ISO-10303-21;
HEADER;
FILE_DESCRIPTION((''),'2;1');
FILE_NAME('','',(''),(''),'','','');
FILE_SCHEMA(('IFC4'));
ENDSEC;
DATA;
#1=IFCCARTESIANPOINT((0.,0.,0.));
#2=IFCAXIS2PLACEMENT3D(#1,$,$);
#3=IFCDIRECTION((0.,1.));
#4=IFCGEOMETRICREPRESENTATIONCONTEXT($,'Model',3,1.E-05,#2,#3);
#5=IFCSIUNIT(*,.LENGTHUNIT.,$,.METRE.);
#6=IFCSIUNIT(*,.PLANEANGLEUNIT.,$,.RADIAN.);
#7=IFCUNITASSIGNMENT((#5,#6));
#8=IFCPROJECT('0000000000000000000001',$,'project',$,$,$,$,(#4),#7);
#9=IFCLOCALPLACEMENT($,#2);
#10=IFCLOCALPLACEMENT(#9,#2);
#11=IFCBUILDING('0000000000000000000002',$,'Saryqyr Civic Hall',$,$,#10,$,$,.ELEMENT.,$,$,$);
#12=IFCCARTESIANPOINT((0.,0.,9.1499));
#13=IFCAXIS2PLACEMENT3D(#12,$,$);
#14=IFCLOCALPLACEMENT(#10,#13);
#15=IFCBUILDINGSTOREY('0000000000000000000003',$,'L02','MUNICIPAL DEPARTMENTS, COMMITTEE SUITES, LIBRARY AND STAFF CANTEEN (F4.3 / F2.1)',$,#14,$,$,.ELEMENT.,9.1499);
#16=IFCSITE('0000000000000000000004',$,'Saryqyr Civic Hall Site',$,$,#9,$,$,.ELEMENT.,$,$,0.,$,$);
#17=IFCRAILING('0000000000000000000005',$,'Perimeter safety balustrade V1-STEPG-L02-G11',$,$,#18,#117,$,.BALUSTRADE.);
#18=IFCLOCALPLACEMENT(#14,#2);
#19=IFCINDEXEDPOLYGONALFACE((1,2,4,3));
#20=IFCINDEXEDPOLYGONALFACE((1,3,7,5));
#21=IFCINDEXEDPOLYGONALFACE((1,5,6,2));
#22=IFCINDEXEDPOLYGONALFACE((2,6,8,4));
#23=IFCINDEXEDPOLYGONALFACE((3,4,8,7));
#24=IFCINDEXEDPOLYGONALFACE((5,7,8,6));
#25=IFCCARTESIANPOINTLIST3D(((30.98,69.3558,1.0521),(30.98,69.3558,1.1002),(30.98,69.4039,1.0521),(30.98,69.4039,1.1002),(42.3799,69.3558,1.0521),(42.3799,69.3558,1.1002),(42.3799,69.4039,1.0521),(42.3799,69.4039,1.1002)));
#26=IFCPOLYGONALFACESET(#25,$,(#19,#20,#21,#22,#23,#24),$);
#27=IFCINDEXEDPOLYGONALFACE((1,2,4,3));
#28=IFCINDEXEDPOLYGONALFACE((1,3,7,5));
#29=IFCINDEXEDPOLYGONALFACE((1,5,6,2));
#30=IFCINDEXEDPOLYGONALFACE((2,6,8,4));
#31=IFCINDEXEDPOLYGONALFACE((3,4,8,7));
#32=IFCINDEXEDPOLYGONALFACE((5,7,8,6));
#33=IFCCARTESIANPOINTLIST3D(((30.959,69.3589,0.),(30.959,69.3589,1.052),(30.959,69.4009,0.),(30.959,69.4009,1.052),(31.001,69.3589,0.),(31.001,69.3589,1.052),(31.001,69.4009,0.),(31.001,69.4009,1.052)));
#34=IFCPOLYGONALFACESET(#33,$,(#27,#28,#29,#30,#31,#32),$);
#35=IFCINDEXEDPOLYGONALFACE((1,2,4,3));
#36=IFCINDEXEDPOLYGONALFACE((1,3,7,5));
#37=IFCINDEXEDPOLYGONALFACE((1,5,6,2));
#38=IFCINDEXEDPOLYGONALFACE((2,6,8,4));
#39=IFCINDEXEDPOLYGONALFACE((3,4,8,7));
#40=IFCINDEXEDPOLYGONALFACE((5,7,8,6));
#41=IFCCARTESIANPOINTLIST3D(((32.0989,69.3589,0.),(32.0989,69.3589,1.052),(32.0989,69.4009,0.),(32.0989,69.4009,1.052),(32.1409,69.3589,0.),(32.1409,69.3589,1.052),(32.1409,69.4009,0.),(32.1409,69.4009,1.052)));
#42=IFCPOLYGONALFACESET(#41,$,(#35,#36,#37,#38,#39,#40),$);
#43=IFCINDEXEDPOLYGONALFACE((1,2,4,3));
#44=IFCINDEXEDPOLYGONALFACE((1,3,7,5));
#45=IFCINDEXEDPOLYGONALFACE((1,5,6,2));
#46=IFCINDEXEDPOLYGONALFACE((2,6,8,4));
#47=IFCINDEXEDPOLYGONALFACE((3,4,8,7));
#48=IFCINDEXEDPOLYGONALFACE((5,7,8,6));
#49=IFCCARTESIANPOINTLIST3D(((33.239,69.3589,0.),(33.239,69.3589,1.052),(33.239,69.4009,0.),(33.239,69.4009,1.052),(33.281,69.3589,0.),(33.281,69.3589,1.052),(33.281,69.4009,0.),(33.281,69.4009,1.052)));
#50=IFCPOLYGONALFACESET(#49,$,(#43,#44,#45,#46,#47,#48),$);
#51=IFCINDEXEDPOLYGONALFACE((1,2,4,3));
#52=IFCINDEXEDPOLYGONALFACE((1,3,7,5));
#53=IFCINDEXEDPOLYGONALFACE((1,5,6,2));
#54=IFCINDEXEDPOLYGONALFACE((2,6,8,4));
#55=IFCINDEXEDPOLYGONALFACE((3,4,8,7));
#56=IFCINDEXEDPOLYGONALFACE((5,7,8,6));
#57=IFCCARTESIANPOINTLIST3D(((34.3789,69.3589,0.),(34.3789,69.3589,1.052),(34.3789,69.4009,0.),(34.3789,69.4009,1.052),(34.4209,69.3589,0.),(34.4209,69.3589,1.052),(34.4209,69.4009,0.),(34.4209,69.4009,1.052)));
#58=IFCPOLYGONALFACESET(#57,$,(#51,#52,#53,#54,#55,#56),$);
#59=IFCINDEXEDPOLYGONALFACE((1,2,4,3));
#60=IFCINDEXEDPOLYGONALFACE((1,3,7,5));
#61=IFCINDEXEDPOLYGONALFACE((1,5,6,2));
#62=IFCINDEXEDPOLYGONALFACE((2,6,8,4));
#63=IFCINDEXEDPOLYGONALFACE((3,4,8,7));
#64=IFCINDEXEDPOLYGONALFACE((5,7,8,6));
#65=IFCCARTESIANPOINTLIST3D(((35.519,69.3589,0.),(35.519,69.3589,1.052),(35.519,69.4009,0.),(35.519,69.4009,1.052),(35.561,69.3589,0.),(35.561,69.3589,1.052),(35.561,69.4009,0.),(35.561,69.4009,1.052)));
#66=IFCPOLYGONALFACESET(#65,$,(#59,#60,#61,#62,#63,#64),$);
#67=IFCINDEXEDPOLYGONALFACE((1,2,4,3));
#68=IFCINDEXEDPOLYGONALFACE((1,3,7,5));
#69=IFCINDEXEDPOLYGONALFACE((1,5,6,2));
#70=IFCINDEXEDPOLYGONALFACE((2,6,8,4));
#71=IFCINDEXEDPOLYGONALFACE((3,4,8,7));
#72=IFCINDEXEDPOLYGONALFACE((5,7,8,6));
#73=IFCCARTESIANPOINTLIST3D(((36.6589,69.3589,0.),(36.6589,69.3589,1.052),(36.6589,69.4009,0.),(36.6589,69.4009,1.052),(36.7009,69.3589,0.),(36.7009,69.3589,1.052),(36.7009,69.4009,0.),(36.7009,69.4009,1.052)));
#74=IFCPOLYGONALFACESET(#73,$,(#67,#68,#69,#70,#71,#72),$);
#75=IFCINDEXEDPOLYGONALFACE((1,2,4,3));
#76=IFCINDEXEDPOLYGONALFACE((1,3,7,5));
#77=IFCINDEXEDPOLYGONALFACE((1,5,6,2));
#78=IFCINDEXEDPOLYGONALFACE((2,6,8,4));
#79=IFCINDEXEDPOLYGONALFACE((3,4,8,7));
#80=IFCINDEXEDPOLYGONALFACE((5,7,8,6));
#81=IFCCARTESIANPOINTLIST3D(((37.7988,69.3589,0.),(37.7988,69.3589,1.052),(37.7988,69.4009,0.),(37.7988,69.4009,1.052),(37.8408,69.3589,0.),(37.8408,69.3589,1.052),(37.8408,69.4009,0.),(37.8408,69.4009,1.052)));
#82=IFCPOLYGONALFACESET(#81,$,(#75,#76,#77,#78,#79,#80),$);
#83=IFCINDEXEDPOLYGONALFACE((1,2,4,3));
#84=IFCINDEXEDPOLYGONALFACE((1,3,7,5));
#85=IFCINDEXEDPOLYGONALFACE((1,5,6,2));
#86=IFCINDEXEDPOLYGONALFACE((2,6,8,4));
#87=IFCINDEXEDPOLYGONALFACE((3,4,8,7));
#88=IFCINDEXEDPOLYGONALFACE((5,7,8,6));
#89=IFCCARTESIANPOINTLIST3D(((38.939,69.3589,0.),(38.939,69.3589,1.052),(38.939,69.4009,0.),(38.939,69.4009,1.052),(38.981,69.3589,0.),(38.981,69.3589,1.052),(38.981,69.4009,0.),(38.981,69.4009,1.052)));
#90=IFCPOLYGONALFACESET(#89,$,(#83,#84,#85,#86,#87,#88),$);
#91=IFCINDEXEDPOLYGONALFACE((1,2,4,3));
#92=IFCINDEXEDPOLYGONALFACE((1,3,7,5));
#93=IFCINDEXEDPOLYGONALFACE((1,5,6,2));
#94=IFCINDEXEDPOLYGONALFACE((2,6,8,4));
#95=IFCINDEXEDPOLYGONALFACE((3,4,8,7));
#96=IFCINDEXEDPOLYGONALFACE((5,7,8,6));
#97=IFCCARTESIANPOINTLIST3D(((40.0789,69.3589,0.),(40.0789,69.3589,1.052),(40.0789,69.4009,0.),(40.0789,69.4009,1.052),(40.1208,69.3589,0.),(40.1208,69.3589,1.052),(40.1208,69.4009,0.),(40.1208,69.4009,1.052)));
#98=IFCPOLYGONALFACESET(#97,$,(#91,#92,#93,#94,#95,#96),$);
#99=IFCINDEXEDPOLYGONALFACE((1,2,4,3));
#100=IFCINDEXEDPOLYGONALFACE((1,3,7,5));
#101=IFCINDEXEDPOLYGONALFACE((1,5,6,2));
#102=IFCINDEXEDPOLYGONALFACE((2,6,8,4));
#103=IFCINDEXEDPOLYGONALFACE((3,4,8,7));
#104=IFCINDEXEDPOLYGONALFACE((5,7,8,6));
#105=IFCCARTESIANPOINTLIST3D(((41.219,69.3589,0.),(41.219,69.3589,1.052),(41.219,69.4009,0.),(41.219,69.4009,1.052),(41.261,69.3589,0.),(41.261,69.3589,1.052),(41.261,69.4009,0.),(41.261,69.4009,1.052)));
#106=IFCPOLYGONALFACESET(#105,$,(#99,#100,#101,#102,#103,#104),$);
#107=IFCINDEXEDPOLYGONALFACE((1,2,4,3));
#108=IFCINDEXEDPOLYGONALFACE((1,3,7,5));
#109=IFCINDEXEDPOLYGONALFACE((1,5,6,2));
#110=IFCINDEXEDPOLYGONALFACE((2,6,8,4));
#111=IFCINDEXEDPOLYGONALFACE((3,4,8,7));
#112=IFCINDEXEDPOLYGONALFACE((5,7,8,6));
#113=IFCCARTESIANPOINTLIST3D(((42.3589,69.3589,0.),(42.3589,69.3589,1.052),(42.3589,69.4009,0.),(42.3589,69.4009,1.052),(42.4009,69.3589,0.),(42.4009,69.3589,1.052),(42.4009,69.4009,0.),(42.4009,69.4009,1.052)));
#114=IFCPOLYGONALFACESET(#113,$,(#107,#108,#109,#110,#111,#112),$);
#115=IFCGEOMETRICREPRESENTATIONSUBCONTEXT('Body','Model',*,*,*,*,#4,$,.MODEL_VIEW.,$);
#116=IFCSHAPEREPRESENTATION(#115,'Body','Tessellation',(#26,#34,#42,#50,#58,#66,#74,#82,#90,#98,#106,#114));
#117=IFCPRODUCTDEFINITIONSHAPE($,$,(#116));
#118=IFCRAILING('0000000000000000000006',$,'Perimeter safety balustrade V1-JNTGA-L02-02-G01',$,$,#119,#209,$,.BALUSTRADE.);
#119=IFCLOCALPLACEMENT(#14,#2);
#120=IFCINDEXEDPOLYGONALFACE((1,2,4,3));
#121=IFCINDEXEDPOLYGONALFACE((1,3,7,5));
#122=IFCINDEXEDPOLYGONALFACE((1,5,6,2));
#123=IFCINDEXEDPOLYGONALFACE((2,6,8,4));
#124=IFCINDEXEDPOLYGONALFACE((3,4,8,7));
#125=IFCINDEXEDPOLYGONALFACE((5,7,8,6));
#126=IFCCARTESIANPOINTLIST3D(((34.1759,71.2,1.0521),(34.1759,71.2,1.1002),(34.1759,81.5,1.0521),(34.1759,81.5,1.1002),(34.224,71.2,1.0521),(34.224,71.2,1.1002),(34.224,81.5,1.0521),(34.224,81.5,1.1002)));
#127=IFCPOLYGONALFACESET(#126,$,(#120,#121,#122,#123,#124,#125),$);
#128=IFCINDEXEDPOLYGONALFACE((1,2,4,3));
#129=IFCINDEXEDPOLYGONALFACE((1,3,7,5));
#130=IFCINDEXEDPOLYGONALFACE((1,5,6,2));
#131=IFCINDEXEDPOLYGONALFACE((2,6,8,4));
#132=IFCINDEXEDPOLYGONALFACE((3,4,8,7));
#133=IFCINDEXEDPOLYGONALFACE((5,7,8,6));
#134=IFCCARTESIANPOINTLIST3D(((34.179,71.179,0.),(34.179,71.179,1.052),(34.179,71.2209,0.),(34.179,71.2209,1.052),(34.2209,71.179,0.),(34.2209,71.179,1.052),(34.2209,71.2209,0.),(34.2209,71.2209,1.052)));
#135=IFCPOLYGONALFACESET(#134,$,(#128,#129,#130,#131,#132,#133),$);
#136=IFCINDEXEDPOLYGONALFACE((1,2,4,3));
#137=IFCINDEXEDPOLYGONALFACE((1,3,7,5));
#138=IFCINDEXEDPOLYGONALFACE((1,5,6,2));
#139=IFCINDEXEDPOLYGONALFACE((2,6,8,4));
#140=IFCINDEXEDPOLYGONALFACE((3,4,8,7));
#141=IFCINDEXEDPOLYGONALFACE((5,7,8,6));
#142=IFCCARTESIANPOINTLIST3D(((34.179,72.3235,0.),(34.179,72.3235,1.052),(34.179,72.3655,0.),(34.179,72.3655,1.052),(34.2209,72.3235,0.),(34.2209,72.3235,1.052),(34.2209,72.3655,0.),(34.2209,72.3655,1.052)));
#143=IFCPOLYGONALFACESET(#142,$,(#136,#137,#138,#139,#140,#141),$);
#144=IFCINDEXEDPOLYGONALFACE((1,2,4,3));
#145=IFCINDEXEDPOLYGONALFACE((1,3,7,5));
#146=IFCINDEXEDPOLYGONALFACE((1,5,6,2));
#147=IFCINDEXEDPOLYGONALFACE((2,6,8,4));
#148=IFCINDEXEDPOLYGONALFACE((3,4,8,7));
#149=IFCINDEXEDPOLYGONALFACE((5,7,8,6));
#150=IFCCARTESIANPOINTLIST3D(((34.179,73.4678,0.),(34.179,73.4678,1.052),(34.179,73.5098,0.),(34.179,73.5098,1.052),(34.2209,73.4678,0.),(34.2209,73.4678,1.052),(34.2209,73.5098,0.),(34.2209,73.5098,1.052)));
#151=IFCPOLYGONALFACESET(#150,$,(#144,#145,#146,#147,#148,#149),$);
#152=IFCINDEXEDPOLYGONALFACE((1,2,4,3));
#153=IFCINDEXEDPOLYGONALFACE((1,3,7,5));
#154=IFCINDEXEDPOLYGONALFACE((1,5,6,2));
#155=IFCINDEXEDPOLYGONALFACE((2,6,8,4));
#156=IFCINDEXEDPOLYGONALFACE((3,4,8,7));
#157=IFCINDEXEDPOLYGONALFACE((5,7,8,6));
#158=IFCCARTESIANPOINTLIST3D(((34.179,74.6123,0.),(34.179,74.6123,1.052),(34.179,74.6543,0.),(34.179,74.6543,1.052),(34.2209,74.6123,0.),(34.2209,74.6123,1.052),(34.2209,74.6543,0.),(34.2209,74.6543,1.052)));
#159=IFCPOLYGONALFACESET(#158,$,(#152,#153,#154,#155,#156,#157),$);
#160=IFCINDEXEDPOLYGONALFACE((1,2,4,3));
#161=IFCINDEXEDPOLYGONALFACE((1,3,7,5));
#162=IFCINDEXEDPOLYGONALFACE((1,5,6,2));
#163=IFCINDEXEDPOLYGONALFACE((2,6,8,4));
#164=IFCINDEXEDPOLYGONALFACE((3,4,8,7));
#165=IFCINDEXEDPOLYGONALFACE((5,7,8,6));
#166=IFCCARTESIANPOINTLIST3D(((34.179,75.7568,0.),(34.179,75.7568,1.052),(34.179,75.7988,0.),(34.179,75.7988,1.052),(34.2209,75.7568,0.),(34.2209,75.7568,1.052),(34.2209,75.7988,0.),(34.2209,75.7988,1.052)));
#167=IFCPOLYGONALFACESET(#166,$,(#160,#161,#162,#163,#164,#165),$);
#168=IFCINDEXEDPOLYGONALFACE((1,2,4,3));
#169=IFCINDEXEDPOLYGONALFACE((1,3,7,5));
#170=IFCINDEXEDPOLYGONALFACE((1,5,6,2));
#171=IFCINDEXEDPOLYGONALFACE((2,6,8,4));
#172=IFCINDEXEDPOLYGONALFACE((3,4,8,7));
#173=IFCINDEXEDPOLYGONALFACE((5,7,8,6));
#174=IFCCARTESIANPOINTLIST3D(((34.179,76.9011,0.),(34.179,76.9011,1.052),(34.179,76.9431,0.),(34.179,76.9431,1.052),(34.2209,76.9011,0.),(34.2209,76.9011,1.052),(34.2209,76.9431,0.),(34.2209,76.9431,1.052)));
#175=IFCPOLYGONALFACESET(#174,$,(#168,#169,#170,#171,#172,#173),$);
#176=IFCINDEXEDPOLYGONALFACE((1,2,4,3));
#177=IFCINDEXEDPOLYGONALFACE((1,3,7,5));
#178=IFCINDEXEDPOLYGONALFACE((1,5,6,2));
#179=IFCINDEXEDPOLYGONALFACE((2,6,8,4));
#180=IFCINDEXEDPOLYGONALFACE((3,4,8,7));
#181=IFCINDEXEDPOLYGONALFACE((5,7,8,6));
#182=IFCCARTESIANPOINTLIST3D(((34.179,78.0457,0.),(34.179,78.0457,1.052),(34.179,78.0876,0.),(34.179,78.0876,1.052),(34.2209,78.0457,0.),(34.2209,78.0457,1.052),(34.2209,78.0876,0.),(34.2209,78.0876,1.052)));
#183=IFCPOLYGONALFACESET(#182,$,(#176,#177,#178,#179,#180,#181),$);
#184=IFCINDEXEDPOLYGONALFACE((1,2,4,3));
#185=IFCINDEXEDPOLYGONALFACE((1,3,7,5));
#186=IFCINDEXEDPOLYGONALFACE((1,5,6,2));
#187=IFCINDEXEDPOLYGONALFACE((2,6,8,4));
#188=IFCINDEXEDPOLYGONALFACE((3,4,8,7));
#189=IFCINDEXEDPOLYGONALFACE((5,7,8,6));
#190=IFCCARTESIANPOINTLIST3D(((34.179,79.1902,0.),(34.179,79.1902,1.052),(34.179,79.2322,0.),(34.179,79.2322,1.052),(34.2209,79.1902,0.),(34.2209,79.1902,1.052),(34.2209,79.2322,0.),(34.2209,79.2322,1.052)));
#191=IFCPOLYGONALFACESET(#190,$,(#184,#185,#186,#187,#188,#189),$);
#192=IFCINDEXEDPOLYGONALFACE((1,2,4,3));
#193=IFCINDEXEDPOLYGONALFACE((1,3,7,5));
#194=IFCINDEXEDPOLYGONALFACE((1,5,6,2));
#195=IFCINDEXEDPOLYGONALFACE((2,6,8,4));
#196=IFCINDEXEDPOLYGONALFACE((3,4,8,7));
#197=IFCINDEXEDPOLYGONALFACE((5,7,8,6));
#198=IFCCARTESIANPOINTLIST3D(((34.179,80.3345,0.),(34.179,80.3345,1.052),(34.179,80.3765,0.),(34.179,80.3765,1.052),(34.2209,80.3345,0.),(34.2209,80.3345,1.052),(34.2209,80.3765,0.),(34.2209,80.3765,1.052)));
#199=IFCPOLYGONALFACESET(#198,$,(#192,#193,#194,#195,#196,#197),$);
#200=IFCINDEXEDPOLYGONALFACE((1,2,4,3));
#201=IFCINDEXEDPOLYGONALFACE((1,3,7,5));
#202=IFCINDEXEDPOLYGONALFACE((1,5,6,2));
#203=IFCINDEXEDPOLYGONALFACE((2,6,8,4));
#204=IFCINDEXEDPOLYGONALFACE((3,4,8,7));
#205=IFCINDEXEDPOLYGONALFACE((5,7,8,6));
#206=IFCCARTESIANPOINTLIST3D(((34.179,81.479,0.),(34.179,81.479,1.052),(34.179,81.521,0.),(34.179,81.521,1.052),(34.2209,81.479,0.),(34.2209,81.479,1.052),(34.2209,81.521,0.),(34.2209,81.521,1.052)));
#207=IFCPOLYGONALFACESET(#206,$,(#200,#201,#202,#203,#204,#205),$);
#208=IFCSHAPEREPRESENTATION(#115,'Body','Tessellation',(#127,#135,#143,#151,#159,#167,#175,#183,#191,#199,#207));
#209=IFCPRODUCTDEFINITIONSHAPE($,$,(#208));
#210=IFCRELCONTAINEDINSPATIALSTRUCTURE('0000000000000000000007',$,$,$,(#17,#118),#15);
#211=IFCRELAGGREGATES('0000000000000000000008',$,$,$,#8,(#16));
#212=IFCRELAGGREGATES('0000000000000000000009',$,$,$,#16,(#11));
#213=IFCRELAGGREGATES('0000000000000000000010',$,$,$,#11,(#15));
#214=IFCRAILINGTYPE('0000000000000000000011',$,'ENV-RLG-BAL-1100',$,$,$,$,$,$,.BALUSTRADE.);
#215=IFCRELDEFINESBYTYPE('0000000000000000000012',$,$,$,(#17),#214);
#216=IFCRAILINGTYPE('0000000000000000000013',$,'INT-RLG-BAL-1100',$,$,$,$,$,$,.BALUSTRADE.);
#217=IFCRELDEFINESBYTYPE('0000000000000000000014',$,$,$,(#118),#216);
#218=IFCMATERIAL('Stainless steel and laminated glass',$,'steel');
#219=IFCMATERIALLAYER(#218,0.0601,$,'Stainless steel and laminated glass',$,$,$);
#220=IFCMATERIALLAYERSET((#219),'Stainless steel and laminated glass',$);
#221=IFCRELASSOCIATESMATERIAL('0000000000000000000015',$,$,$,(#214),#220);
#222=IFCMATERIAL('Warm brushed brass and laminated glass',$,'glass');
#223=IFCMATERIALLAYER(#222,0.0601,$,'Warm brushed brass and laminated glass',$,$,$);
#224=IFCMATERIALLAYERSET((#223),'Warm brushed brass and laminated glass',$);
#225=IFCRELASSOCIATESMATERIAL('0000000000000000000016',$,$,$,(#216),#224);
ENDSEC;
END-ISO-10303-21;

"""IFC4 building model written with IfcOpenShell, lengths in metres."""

from ifc_helpers import new_model, si_unit, direction, frame, origin, origin_2d, place, context, subcontext, project, spatial, rectangle, extrude, material, layer, layer_set, type_object, element, save


model = new_model("IFC4")

# Units and contexts
model_context = context("Model", 3, precision=1e-05, world=origin(), true_north=direction((0.0, 1.0)))
body_context = subcontext(model_context, "Body", "Model", "MODEL_VIEW")
ifc_project = project(units=[si_unit("LENGTHUNIT", "METRE"), si_unit("PLANEANGLEUNIT", "RADIAN")], contexts=[model_context])

# Site, building, storey
site_placement = place(None, origin())
site = spatial("IfcSite", under=ifc_project, at=site_placement, Name="Saryqyr Civic Hall Site", CompositionType="ELEMENT", RefElevation=0.0)
building_placement = place(site_placement, origin())
building = spatial("IfcBuilding", under=site, at=building_placement, Name="Saryqyr Civic Hall", CompositionType="ELEMENT")
storey_placement = place(building_placement, frame((0.0, 0.0, 9.1499)))
storey = spatial("IfcBuildingStorey", under=building, at=storey_placement, Name="L02", Description="MUNICIPAL DEPARTMENTS, COMMITTEE SUITES, LIBRARY AND STAFF CANTEEN (F4.3 / F2.1)", CompositionType="ELEMENT", Elevation=9.1499)

# Railings
ifc_material_1 = material(Name="Stainless steel and laminated glass", Category="steel")
ifc_layer_1 = layer(ifc_material_1, 0.0601, Name="Stainless steel and laminated glass")
ifc_layer_set_1 = layer_set([ifc_layer_1], Name="Stainless steel and laminated glass")
railing_type_1 = type_object("IfcRailingType", Name="ENV-RLG-BAL-1100", PredefinedType="BALUSTRADE", material=ifc_layer_set_1)
railing_1_placement = place(storey_placement, frame((30.98, 69.3799, 0.0)))
element("IfcRailing", 1, at=railing_1_placement, inside=storey, type_object=railing_type_1, Name="Perimeter safety balustrade V1-STEPG-L02-G11", PredefinedType="BALUSTRADE", context=body_context, shape_type="SweptSolid", body=[
    extrude(rectangle(XDim=0.0481, YDim=0.0481, at=origin_2d()), frame((0.0, 0.0, 1.0762), z_axis=(1.0, 0.0, 0.0), x_axis=(0.0, 1.0, 0.0)), (0.0, 0.0, 1.0), 11.3999),
    extrude(rectangle(XDim=0.042, YDim=0.042, at=origin_2d()), origin(), (0.0, 0.0, 1.0), 1.052),
    extrude(rectangle(XDim=0.042, YDim=0.042, at=origin_2d()), frame((1.1399, 0.0, 0.0)), (0.0, 0.0, 1.0), 1.052),
    extrude(rectangle(XDim=0.042, YDim=0.042, at=origin_2d()), frame((2.28, 0.0, 0.0)), (0.0, 0.0, 1.0), 1.052),
    extrude(rectangle(XDim=0.042, YDim=0.042, at=origin_2d()), frame((3.4199, 0.0, 0.0)), (0.0, 0.0, 1.0), 1.052),
    extrude(rectangle(XDim=0.042, YDim=0.042, at=origin_2d()), frame((4.5601, 0.0, 0.0)), (0.0, 0.0, 1.0), 1.052),
    extrude(rectangle(XDim=0.042, YDim=0.042, at=origin_2d()), frame((5.7, 0.0, 0.0)), (0.0, 0.0, 1.0), 1.052),
    extrude(rectangle(XDim=0.042, YDim=0.042, at=origin_2d()), frame((6.8398, 0.0, 0.0)), (0.0, 0.0, 1.0), 1.052),
    extrude(rectangle(XDim=0.042, YDim=0.042, at=origin_2d()), frame((7.98, 0.0, 0.0)), (0.0, 0.0, 1.0), 1.052),
    extrude(rectangle(XDim=0.042, YDim=0.042, at=origin_2d()), frame((9.1199, 0.0, 0.0)), (0.0, 0.0, 1.0), 1.052),
    extrude(rectangle(XDim=0.042, YDim=0.042, at=origin_2d()), frame((10.26, 0.0, 0.0)), (0.0, 0.0, 1.0), 1.052),
    extrude(rectangle(XDim=0.042, YDim=0.042, at=origin_2d()), frame((11.3999, 0.0, 0.0)), (0.0, 0.0, 1.0), 1.052),
])
ifc_material_2 = material(Name="Warm brushed brass and laminated glass", Category="glass")
ifc_layer_2 = layer(ifc_material_2, 0.0601, Name="Warm brushed brass and laminated glass")
ifc_layer_set_2 = layer_set([ifc_layer_2], Name="Warm brushed brass and laminated glass")
railing_type_2 = type_object("IfcRailingType", Name="INT-RLG-BAL-1100", PredefinedType="BALUSTRADE", material=ifc_layer_set_2)
railing_2_placement = place(storey_placement, frame((34.2, 71.2, 0.0)))
element("IfcRailing", 2, at=railing_2_placement, inside=storey, type_object=railing_type_2, Name="Perimeter safety balustrade V1-JNTGA-L02-02-G01", PredefinedType="BALUSTRADE", context=body_context, shape_type="SweptSolid", body=[
    extrude(rectangle(XDim=0.0481, YDim=0.0481, at=origin_2d()), frame((0.0, 0.0, 1.0762), z_axis=(0.0, 1.0, 0.0), x_axis=(-1.0, 0.0, 0.0)), (0.0, 0.0, 1.0), 10.3),
    extrude(rectangle(XDim=0.042, YDim=0.042, at=origin_2d()), origin(), (0.0, 0.0, 1.0), 1.052),
    extrude(rectangle(XDim=0.042, YDim=0.042, at=origin_2d()), frame((0.0, 1.1445, 0.0)), (0.0, 0.0, 1.0), 1.052),
    extrude(rectangle(XDim=0.042, YDim=0.042, at=origin_2d()), frame((0.0, 2.2888, 0.0)), (0.0, 0.0, 1.0), 1.052),
    extrude(rectangle(XDim=0.042, YDim=0.042, at=origin_2d()), frame((0.0, 3.4333, 0.0)), (0.0, 0.0, 1.0), 1.052),
    extrude(rectangle(XDim=0.042, YDim=0.042, at=origin_2d()), frame((0.0, 4.5779, 0.0)), (0.0, 0.0, 1.0), 1.052),
    extrude(rectangle(XDim=0.042, YDim=0.042, at=origin_2d()), frame((0.0, 5.7222, 0.0)), (0.0, 0.0, 1.0), 1.052),
    extrude(rectangle(XDim=0.042, YDim=0.042, at=origin_2d()), frame((0.0, 6.8667, 0.0)), (0.0, 0.0, 1.0), 1.052),
    extrude(rectangle(XDim=0.042, YDim=0.042, at=origin_2d()), frame((0.0, 8.0112, 0.0)), (0.0, 0.0, 1.0), 1.052),
    extrude(rectangle(XDim=0.042, YDim=0.042, at=origin_2d()), frame((0.0, 9.1555, 0.0)), (0.0, 0.0, 1.0), 1.052),
    extrude(rectangle(XDim=0.042, YDim=0.042, at=origin_2d()), frame((0.0, 10.3, 0.0)), (0.0, 0.0, 1.0), 1.052),
])

save(model, "model.ifc")
